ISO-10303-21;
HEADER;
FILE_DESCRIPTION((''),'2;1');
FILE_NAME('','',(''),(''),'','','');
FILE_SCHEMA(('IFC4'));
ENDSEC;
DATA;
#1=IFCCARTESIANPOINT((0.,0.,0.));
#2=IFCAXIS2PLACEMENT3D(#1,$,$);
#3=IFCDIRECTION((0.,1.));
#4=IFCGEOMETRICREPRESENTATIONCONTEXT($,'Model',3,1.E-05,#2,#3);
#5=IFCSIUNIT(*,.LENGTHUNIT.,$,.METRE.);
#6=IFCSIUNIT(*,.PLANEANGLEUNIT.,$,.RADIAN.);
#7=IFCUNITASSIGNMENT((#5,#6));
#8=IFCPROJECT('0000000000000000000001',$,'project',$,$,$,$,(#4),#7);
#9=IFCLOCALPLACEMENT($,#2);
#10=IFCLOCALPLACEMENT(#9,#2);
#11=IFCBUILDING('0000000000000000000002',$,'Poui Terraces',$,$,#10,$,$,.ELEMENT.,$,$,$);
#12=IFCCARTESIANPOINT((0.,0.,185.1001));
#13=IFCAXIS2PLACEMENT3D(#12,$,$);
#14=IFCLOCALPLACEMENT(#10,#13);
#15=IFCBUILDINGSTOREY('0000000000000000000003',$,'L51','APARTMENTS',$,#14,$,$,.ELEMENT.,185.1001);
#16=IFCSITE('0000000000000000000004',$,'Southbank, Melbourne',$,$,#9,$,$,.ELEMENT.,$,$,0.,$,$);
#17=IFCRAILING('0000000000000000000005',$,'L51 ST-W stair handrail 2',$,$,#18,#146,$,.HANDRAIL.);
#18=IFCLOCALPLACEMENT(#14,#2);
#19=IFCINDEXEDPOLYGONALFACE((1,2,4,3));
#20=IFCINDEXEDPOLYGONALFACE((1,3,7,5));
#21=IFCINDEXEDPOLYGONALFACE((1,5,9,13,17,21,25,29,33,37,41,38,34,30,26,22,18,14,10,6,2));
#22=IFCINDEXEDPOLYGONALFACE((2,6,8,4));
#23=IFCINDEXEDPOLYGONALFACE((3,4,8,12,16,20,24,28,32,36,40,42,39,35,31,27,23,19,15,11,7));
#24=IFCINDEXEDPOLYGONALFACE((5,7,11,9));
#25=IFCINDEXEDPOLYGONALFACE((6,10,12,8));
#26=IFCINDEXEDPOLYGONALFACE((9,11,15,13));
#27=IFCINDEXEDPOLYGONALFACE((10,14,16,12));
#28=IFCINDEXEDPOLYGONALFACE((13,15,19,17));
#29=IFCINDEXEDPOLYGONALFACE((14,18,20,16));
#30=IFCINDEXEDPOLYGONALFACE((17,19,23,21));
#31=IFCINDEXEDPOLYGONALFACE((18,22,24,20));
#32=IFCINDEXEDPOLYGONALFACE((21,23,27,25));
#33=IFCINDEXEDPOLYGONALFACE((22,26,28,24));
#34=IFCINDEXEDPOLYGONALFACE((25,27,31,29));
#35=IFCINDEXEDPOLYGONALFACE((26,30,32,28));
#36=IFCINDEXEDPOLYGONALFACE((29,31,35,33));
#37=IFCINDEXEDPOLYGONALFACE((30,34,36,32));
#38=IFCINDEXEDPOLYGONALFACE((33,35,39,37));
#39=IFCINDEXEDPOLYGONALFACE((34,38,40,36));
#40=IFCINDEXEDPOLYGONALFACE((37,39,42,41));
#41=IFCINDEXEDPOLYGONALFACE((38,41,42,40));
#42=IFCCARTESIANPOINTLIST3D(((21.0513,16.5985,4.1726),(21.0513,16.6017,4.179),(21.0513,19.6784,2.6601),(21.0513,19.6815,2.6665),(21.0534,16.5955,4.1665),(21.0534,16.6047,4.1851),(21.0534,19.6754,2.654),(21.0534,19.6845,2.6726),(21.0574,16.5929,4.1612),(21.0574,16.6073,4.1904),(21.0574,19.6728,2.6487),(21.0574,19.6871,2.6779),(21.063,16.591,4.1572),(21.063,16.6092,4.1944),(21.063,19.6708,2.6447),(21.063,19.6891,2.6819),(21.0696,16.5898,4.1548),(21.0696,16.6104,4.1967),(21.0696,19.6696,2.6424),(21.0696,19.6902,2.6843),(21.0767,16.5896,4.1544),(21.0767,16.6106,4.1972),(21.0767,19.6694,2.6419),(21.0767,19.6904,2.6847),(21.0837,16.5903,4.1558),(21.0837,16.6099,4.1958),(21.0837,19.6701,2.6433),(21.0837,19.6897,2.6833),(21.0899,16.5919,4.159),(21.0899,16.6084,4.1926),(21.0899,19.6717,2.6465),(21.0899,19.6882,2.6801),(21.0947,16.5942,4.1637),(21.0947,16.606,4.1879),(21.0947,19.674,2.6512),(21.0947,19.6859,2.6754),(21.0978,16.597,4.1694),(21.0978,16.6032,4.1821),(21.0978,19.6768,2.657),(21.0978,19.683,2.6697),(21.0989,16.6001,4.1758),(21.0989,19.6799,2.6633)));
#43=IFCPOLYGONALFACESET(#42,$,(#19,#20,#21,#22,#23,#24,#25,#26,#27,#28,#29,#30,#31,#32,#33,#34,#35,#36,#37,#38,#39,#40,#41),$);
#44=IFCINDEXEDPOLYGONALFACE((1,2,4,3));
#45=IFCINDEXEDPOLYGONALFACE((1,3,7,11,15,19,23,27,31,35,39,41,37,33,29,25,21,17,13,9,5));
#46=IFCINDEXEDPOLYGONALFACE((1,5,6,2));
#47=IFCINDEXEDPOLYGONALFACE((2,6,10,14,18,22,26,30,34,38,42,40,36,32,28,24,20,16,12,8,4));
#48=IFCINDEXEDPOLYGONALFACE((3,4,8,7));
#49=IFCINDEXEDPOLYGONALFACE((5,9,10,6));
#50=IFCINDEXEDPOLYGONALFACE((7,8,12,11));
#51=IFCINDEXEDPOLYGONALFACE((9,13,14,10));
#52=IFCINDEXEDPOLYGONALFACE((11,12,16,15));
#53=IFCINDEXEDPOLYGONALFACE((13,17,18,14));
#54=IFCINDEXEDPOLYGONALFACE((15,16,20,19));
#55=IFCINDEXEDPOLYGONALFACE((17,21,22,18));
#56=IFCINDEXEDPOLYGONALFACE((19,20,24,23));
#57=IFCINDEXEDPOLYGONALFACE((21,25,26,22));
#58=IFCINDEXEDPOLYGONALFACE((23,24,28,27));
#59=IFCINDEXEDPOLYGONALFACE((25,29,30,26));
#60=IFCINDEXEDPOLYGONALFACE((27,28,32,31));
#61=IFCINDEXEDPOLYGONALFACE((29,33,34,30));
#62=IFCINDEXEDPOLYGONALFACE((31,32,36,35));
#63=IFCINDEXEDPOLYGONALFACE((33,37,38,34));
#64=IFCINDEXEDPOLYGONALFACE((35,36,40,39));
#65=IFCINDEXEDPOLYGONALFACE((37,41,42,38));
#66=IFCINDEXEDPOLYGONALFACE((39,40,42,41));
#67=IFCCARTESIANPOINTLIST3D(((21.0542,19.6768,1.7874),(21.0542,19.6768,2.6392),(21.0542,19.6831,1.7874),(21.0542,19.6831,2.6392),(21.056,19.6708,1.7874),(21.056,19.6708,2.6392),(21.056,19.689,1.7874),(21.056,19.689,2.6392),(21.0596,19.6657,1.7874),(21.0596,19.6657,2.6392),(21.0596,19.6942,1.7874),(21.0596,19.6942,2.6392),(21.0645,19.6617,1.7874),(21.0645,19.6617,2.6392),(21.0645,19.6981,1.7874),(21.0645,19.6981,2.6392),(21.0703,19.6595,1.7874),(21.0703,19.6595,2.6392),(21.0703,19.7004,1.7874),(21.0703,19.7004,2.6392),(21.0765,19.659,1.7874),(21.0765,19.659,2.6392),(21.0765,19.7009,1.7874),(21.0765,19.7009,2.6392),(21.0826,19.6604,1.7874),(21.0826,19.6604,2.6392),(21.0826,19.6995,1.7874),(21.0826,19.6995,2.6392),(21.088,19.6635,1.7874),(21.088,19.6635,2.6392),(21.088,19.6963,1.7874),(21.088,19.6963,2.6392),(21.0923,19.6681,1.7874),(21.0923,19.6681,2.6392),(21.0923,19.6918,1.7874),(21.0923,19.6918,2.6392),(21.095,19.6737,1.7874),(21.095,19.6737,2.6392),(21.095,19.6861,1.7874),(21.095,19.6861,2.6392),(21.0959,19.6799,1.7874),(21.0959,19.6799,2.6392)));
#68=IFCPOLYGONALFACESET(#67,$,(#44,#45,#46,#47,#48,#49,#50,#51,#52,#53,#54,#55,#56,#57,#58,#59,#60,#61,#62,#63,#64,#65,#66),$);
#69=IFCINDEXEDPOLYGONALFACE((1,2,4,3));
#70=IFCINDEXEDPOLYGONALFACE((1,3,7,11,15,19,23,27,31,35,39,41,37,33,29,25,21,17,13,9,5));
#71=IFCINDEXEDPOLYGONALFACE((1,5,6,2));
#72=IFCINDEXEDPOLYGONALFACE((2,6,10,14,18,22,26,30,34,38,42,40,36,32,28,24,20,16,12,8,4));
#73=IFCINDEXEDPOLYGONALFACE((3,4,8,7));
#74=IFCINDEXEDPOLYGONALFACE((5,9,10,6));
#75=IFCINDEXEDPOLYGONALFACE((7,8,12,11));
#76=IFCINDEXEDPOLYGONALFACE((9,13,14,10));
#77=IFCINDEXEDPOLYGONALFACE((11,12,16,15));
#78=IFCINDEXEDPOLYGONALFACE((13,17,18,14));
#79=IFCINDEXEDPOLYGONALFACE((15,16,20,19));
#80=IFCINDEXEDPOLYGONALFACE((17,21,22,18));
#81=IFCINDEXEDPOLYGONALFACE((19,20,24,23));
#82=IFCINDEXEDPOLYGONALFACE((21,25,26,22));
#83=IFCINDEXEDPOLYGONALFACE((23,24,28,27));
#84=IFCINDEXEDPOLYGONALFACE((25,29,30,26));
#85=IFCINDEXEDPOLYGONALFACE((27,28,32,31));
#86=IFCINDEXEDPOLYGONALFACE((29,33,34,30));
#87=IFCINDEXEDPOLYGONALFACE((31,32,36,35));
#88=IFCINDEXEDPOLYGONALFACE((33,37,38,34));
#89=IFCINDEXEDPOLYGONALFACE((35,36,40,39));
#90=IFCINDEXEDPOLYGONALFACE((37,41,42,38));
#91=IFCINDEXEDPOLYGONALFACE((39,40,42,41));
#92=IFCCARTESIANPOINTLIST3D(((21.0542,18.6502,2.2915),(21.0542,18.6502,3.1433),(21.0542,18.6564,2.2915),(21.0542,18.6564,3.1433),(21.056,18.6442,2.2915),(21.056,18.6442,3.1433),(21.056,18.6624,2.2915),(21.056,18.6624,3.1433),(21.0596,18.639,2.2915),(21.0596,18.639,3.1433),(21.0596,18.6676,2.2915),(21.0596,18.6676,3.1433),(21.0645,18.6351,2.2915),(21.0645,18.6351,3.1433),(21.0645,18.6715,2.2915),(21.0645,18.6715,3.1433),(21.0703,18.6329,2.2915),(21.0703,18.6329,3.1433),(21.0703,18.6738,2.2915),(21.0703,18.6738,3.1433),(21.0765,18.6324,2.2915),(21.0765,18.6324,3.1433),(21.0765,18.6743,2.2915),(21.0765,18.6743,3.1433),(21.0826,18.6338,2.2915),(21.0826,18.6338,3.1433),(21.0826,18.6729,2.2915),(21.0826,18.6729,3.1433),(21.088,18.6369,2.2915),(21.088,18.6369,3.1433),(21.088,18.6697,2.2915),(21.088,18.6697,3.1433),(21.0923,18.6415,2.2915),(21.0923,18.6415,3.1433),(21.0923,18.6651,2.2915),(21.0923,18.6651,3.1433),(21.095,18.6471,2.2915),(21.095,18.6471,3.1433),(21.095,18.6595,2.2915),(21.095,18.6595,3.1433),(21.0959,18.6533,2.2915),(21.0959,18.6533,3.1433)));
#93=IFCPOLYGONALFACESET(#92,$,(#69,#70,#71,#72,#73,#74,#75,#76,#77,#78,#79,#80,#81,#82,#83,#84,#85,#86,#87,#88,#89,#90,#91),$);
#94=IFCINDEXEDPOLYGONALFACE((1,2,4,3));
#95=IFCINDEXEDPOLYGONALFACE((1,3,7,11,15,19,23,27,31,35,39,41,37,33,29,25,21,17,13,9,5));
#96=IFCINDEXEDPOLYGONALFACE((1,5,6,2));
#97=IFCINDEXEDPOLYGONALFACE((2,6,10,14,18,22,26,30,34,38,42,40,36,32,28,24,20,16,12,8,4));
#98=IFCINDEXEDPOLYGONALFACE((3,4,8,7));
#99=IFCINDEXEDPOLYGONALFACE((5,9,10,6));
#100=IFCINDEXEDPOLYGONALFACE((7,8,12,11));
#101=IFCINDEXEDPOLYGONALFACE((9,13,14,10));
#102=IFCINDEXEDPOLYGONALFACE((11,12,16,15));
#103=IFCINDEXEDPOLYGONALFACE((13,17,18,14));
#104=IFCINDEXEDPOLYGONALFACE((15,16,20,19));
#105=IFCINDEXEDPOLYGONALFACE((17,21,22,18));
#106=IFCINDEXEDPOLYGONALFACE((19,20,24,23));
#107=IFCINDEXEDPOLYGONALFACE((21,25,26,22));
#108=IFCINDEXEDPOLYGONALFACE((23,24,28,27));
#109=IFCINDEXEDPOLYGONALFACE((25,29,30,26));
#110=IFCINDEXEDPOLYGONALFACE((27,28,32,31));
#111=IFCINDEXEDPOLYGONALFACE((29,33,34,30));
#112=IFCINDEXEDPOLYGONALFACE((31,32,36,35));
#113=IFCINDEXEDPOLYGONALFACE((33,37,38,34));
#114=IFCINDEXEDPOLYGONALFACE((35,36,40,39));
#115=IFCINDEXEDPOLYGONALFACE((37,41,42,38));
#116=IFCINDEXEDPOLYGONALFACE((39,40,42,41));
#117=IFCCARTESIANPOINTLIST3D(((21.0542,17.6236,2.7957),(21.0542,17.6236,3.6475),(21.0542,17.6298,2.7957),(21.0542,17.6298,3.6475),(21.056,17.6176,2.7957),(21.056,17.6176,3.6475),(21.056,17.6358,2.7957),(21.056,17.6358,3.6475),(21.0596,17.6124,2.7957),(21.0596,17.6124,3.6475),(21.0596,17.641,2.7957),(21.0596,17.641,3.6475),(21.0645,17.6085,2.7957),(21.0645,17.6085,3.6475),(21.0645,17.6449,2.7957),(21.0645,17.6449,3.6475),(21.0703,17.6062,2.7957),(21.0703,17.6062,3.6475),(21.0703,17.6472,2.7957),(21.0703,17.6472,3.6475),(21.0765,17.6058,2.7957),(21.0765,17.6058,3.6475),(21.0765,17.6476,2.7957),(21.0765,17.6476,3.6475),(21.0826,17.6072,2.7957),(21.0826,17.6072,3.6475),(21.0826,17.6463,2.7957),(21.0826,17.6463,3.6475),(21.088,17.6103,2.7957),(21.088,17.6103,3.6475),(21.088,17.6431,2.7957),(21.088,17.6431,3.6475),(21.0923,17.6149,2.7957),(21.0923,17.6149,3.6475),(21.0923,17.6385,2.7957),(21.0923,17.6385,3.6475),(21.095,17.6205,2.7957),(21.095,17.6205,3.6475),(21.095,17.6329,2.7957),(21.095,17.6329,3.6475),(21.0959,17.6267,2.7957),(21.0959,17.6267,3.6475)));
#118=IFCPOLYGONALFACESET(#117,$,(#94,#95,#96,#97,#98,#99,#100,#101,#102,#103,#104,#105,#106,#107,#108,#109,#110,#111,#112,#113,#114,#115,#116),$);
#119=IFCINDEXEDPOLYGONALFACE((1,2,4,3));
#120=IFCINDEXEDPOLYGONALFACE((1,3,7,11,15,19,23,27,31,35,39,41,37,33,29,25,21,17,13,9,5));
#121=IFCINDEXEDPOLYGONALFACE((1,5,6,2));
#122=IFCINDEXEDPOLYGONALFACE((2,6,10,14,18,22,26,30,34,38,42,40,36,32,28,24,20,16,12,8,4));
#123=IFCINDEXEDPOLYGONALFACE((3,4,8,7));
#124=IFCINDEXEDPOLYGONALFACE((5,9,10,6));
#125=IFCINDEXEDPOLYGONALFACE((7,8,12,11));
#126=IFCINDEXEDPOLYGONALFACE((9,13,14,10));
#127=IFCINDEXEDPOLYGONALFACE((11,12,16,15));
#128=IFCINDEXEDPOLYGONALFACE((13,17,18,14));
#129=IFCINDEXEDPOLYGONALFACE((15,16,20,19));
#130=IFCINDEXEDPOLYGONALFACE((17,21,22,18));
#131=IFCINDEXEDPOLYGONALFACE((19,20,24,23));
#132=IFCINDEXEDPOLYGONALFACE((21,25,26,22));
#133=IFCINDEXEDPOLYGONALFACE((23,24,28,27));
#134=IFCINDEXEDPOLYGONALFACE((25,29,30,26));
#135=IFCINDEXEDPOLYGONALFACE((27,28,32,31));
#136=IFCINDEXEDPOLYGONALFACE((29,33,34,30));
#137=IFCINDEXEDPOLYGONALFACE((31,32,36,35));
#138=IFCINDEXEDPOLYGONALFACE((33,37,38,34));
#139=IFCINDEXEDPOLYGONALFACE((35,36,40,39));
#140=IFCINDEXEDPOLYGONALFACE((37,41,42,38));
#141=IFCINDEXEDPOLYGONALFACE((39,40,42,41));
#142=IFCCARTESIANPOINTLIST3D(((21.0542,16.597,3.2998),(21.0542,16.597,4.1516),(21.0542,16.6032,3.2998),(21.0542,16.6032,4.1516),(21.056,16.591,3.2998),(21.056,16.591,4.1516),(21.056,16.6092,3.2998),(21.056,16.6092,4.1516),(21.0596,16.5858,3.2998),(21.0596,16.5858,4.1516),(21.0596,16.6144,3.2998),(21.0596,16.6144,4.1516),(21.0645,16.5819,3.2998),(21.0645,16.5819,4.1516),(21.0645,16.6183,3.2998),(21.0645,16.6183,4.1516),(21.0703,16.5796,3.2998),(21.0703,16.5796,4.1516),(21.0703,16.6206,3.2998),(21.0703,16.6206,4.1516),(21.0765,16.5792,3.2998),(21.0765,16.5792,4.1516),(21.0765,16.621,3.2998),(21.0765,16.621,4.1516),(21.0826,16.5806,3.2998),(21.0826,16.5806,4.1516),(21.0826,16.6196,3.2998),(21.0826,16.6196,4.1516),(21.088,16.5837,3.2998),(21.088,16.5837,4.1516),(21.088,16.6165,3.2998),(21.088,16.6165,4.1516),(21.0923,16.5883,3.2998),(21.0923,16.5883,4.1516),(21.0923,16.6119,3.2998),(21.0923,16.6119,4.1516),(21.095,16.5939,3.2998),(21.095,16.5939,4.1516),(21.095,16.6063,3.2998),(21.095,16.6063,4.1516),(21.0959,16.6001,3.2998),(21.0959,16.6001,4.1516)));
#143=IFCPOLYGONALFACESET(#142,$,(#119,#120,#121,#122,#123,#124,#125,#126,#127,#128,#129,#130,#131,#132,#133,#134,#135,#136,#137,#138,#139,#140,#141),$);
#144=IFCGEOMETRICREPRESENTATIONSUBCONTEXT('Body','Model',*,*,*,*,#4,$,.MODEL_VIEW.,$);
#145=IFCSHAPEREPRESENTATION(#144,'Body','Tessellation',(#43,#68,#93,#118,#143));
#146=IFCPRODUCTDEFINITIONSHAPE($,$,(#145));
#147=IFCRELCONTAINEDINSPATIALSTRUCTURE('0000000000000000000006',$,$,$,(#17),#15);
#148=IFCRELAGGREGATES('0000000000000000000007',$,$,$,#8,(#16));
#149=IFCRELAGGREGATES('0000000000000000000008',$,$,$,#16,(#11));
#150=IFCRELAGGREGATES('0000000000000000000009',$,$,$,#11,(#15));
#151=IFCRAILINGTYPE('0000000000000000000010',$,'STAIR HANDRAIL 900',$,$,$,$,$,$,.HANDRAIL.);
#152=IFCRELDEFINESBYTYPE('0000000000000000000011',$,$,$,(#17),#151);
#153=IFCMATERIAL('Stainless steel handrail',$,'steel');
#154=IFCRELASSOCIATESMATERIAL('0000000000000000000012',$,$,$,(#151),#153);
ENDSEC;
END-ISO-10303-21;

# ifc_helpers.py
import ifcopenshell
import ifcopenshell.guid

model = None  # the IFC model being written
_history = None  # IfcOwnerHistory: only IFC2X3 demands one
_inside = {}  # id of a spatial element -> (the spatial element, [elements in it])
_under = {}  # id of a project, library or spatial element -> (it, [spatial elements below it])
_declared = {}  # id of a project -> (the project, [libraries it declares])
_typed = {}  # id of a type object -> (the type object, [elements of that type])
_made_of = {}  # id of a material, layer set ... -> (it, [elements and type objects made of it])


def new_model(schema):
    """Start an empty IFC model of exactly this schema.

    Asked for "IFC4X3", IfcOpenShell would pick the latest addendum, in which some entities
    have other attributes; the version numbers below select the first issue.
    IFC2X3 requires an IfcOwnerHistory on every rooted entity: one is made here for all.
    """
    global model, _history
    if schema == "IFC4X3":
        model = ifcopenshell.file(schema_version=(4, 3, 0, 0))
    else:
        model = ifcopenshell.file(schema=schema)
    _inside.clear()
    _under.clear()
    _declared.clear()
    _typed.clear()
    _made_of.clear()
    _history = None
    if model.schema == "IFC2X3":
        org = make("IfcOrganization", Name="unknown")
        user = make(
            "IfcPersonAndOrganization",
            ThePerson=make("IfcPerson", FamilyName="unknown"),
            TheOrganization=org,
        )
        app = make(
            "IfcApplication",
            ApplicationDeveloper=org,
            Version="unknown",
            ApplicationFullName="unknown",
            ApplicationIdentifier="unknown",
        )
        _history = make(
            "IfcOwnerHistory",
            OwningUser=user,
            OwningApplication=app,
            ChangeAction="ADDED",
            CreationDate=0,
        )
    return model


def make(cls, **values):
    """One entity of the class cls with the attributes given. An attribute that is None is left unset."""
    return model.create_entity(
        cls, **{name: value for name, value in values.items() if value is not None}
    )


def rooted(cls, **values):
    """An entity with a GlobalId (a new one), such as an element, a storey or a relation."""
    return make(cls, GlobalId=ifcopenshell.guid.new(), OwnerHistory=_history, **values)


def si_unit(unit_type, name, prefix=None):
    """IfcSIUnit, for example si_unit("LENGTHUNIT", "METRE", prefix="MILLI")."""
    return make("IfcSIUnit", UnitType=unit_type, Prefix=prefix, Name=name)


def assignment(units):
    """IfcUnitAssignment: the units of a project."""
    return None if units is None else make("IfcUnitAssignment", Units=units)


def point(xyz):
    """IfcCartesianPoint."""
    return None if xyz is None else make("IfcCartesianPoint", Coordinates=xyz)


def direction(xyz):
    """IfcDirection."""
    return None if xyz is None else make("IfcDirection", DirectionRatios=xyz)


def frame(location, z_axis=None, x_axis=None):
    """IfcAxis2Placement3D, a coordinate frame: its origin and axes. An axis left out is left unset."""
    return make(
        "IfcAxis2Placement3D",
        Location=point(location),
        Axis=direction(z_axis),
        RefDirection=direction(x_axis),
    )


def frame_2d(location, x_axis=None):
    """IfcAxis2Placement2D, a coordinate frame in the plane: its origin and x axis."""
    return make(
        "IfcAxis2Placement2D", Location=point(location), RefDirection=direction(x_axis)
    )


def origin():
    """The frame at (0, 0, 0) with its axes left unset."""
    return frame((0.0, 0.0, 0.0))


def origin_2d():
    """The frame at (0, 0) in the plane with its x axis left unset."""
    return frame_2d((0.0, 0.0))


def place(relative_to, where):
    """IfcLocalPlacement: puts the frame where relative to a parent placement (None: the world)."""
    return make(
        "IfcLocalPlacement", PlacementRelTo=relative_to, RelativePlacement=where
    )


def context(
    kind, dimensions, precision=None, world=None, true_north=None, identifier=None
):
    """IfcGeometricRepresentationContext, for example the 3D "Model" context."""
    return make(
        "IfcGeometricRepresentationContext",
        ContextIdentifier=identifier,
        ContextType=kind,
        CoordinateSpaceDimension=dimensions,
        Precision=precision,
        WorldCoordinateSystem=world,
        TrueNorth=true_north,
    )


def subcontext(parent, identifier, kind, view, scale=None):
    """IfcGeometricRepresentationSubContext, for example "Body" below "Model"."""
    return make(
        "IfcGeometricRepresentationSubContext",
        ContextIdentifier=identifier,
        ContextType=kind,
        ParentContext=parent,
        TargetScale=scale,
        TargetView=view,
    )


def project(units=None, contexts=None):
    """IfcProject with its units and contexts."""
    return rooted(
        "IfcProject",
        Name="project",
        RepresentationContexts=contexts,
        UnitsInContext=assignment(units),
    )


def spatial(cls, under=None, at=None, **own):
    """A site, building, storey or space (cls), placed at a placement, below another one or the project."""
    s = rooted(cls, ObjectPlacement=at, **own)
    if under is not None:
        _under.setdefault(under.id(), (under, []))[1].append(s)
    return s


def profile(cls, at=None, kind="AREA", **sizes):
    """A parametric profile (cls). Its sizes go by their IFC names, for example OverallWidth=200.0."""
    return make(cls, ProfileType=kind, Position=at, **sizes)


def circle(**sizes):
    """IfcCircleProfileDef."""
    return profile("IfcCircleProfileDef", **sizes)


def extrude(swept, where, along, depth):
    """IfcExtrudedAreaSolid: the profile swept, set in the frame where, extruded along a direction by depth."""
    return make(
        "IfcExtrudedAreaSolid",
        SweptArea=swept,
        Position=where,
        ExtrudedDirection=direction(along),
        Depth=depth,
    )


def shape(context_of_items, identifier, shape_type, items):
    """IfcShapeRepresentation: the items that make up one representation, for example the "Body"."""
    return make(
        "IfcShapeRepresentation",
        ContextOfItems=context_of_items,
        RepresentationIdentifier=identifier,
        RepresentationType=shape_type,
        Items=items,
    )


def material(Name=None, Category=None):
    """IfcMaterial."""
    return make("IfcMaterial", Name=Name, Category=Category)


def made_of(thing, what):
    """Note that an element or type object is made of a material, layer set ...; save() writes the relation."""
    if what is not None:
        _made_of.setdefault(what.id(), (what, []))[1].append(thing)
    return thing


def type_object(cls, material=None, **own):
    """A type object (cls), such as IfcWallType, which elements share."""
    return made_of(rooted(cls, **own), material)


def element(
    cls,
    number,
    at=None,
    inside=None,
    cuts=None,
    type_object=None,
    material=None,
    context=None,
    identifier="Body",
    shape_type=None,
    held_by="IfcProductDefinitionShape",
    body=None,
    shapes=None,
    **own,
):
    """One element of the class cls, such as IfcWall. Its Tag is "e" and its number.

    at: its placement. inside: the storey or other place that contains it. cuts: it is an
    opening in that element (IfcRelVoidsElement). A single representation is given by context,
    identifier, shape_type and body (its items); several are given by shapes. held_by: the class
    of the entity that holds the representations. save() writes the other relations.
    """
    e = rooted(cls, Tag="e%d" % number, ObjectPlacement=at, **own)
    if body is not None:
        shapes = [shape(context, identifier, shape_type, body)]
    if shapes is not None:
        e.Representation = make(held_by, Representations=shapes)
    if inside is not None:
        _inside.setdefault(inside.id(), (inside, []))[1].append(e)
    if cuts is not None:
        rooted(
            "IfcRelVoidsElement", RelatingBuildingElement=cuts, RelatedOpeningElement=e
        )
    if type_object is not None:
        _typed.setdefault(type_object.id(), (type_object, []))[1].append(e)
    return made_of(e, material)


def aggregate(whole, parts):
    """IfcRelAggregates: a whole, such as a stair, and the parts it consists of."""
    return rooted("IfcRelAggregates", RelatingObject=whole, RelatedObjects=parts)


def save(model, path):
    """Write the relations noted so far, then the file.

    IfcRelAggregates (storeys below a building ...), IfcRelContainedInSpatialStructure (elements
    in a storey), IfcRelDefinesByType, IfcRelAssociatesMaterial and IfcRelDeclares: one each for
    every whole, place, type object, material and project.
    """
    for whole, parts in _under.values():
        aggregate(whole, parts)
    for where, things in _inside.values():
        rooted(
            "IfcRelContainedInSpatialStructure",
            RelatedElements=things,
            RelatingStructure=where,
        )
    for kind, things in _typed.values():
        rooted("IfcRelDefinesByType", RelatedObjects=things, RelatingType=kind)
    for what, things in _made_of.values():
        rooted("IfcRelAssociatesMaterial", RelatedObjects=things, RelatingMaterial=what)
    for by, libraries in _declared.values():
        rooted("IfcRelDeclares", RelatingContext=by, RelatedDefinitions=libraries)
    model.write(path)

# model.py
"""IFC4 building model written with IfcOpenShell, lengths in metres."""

from ifc_helpers import new_model, si_unit, direction, frame, origin, origin_2d, place, context, subcontext, project, spatial, circle, extrude, material, type_object, element, save


model = new_model("IFC4")

# Units and contexts
model_context = context("Model", 3, precision=1e-05, world=origin(), true_north=direction((0.0, 1.0)))
body_context = subcontext(model_context, "Body", "Model", "MODEL_VIEW")
ifc_project = project(units=[si_unit("LENGTHUNIT", "METRE"), si_unit("PLANEANGLEUNIT", "RADIAN")], contexts=[model_context])

# Site, building, storey
site_placement = place(None, origin())
site = spatial("IfcSite", under=ifc_project, at=site_placement, Name="Southbank, Melbourne", CompositionType="ELEMENT", RefElevation=0.0)
building_placement = place(site_placement, origin())
building = spatial("IfcBuilding", under=site, at=building_placement, Name="Poui Terraces", CompositionType="ELEMENT")
storey_placement = place(building_placement, frame((0.0, 0.0, 185.1001)))
storey = spatial("IfcBuildingStorey", under=building, at=storey_placement, Name="L51", Description="APARTMENTS", CompositionType="ELEMENT", Elevation=185.1001)

# Railing
ifc_material_1 = material(Name="Stainless steel handrail", Category="steel")
railing_type_1 = type_object("IfcRailingType", Name="STAIR HANDRAIL 900", PredefinedType="HANDRAIL", material=ifc_material_1)
railing_1_placement = place(storey_placement, frame((21.075, 19.6799, 1.7874)))
element("IfcRailing", 1, at=railing_1_placement, inside=storey, type_object=railing_type_1, Name="L51 ST-W stair handrail 2", PredefinedType="HANDRAIL", context=body_context, shape_type="SweptSolid", body=[
    extrude(circle(Radius=0.0239, at=origin_2d()), frame((0.0, 0.0, 0.876), z_axis=(0.0, -0.897606, 0.440798), x_axis=(1.0, 0.0, 0.0)), (0.0, 0.0, 1.0), 3.4312),
    extrude(circle(Radius=0.021, at=origin_2d()), origin(), (0.0, 0.0, 1.0), 0.8518),
    extrude(circle(Radius=0.021, at=origin_2d()), frame((0.0, -1.0266, 0.5042)), (0.0, 0.0, 1.0), 0.8518),
    extrude(circle(Radius=0.021, at=origin_2d()), frame((0.0, -2.0532, 1.0083)), (0.0, 0.0, 1.0), 0.8518),
    extrude(circle(Radius=0.021, at=origin_2d()), frame((0.0, -3.0798, 1.5125)), (0.0, 0.0, 1.0), 0.8518),
])

save(model, "model.ifc")
